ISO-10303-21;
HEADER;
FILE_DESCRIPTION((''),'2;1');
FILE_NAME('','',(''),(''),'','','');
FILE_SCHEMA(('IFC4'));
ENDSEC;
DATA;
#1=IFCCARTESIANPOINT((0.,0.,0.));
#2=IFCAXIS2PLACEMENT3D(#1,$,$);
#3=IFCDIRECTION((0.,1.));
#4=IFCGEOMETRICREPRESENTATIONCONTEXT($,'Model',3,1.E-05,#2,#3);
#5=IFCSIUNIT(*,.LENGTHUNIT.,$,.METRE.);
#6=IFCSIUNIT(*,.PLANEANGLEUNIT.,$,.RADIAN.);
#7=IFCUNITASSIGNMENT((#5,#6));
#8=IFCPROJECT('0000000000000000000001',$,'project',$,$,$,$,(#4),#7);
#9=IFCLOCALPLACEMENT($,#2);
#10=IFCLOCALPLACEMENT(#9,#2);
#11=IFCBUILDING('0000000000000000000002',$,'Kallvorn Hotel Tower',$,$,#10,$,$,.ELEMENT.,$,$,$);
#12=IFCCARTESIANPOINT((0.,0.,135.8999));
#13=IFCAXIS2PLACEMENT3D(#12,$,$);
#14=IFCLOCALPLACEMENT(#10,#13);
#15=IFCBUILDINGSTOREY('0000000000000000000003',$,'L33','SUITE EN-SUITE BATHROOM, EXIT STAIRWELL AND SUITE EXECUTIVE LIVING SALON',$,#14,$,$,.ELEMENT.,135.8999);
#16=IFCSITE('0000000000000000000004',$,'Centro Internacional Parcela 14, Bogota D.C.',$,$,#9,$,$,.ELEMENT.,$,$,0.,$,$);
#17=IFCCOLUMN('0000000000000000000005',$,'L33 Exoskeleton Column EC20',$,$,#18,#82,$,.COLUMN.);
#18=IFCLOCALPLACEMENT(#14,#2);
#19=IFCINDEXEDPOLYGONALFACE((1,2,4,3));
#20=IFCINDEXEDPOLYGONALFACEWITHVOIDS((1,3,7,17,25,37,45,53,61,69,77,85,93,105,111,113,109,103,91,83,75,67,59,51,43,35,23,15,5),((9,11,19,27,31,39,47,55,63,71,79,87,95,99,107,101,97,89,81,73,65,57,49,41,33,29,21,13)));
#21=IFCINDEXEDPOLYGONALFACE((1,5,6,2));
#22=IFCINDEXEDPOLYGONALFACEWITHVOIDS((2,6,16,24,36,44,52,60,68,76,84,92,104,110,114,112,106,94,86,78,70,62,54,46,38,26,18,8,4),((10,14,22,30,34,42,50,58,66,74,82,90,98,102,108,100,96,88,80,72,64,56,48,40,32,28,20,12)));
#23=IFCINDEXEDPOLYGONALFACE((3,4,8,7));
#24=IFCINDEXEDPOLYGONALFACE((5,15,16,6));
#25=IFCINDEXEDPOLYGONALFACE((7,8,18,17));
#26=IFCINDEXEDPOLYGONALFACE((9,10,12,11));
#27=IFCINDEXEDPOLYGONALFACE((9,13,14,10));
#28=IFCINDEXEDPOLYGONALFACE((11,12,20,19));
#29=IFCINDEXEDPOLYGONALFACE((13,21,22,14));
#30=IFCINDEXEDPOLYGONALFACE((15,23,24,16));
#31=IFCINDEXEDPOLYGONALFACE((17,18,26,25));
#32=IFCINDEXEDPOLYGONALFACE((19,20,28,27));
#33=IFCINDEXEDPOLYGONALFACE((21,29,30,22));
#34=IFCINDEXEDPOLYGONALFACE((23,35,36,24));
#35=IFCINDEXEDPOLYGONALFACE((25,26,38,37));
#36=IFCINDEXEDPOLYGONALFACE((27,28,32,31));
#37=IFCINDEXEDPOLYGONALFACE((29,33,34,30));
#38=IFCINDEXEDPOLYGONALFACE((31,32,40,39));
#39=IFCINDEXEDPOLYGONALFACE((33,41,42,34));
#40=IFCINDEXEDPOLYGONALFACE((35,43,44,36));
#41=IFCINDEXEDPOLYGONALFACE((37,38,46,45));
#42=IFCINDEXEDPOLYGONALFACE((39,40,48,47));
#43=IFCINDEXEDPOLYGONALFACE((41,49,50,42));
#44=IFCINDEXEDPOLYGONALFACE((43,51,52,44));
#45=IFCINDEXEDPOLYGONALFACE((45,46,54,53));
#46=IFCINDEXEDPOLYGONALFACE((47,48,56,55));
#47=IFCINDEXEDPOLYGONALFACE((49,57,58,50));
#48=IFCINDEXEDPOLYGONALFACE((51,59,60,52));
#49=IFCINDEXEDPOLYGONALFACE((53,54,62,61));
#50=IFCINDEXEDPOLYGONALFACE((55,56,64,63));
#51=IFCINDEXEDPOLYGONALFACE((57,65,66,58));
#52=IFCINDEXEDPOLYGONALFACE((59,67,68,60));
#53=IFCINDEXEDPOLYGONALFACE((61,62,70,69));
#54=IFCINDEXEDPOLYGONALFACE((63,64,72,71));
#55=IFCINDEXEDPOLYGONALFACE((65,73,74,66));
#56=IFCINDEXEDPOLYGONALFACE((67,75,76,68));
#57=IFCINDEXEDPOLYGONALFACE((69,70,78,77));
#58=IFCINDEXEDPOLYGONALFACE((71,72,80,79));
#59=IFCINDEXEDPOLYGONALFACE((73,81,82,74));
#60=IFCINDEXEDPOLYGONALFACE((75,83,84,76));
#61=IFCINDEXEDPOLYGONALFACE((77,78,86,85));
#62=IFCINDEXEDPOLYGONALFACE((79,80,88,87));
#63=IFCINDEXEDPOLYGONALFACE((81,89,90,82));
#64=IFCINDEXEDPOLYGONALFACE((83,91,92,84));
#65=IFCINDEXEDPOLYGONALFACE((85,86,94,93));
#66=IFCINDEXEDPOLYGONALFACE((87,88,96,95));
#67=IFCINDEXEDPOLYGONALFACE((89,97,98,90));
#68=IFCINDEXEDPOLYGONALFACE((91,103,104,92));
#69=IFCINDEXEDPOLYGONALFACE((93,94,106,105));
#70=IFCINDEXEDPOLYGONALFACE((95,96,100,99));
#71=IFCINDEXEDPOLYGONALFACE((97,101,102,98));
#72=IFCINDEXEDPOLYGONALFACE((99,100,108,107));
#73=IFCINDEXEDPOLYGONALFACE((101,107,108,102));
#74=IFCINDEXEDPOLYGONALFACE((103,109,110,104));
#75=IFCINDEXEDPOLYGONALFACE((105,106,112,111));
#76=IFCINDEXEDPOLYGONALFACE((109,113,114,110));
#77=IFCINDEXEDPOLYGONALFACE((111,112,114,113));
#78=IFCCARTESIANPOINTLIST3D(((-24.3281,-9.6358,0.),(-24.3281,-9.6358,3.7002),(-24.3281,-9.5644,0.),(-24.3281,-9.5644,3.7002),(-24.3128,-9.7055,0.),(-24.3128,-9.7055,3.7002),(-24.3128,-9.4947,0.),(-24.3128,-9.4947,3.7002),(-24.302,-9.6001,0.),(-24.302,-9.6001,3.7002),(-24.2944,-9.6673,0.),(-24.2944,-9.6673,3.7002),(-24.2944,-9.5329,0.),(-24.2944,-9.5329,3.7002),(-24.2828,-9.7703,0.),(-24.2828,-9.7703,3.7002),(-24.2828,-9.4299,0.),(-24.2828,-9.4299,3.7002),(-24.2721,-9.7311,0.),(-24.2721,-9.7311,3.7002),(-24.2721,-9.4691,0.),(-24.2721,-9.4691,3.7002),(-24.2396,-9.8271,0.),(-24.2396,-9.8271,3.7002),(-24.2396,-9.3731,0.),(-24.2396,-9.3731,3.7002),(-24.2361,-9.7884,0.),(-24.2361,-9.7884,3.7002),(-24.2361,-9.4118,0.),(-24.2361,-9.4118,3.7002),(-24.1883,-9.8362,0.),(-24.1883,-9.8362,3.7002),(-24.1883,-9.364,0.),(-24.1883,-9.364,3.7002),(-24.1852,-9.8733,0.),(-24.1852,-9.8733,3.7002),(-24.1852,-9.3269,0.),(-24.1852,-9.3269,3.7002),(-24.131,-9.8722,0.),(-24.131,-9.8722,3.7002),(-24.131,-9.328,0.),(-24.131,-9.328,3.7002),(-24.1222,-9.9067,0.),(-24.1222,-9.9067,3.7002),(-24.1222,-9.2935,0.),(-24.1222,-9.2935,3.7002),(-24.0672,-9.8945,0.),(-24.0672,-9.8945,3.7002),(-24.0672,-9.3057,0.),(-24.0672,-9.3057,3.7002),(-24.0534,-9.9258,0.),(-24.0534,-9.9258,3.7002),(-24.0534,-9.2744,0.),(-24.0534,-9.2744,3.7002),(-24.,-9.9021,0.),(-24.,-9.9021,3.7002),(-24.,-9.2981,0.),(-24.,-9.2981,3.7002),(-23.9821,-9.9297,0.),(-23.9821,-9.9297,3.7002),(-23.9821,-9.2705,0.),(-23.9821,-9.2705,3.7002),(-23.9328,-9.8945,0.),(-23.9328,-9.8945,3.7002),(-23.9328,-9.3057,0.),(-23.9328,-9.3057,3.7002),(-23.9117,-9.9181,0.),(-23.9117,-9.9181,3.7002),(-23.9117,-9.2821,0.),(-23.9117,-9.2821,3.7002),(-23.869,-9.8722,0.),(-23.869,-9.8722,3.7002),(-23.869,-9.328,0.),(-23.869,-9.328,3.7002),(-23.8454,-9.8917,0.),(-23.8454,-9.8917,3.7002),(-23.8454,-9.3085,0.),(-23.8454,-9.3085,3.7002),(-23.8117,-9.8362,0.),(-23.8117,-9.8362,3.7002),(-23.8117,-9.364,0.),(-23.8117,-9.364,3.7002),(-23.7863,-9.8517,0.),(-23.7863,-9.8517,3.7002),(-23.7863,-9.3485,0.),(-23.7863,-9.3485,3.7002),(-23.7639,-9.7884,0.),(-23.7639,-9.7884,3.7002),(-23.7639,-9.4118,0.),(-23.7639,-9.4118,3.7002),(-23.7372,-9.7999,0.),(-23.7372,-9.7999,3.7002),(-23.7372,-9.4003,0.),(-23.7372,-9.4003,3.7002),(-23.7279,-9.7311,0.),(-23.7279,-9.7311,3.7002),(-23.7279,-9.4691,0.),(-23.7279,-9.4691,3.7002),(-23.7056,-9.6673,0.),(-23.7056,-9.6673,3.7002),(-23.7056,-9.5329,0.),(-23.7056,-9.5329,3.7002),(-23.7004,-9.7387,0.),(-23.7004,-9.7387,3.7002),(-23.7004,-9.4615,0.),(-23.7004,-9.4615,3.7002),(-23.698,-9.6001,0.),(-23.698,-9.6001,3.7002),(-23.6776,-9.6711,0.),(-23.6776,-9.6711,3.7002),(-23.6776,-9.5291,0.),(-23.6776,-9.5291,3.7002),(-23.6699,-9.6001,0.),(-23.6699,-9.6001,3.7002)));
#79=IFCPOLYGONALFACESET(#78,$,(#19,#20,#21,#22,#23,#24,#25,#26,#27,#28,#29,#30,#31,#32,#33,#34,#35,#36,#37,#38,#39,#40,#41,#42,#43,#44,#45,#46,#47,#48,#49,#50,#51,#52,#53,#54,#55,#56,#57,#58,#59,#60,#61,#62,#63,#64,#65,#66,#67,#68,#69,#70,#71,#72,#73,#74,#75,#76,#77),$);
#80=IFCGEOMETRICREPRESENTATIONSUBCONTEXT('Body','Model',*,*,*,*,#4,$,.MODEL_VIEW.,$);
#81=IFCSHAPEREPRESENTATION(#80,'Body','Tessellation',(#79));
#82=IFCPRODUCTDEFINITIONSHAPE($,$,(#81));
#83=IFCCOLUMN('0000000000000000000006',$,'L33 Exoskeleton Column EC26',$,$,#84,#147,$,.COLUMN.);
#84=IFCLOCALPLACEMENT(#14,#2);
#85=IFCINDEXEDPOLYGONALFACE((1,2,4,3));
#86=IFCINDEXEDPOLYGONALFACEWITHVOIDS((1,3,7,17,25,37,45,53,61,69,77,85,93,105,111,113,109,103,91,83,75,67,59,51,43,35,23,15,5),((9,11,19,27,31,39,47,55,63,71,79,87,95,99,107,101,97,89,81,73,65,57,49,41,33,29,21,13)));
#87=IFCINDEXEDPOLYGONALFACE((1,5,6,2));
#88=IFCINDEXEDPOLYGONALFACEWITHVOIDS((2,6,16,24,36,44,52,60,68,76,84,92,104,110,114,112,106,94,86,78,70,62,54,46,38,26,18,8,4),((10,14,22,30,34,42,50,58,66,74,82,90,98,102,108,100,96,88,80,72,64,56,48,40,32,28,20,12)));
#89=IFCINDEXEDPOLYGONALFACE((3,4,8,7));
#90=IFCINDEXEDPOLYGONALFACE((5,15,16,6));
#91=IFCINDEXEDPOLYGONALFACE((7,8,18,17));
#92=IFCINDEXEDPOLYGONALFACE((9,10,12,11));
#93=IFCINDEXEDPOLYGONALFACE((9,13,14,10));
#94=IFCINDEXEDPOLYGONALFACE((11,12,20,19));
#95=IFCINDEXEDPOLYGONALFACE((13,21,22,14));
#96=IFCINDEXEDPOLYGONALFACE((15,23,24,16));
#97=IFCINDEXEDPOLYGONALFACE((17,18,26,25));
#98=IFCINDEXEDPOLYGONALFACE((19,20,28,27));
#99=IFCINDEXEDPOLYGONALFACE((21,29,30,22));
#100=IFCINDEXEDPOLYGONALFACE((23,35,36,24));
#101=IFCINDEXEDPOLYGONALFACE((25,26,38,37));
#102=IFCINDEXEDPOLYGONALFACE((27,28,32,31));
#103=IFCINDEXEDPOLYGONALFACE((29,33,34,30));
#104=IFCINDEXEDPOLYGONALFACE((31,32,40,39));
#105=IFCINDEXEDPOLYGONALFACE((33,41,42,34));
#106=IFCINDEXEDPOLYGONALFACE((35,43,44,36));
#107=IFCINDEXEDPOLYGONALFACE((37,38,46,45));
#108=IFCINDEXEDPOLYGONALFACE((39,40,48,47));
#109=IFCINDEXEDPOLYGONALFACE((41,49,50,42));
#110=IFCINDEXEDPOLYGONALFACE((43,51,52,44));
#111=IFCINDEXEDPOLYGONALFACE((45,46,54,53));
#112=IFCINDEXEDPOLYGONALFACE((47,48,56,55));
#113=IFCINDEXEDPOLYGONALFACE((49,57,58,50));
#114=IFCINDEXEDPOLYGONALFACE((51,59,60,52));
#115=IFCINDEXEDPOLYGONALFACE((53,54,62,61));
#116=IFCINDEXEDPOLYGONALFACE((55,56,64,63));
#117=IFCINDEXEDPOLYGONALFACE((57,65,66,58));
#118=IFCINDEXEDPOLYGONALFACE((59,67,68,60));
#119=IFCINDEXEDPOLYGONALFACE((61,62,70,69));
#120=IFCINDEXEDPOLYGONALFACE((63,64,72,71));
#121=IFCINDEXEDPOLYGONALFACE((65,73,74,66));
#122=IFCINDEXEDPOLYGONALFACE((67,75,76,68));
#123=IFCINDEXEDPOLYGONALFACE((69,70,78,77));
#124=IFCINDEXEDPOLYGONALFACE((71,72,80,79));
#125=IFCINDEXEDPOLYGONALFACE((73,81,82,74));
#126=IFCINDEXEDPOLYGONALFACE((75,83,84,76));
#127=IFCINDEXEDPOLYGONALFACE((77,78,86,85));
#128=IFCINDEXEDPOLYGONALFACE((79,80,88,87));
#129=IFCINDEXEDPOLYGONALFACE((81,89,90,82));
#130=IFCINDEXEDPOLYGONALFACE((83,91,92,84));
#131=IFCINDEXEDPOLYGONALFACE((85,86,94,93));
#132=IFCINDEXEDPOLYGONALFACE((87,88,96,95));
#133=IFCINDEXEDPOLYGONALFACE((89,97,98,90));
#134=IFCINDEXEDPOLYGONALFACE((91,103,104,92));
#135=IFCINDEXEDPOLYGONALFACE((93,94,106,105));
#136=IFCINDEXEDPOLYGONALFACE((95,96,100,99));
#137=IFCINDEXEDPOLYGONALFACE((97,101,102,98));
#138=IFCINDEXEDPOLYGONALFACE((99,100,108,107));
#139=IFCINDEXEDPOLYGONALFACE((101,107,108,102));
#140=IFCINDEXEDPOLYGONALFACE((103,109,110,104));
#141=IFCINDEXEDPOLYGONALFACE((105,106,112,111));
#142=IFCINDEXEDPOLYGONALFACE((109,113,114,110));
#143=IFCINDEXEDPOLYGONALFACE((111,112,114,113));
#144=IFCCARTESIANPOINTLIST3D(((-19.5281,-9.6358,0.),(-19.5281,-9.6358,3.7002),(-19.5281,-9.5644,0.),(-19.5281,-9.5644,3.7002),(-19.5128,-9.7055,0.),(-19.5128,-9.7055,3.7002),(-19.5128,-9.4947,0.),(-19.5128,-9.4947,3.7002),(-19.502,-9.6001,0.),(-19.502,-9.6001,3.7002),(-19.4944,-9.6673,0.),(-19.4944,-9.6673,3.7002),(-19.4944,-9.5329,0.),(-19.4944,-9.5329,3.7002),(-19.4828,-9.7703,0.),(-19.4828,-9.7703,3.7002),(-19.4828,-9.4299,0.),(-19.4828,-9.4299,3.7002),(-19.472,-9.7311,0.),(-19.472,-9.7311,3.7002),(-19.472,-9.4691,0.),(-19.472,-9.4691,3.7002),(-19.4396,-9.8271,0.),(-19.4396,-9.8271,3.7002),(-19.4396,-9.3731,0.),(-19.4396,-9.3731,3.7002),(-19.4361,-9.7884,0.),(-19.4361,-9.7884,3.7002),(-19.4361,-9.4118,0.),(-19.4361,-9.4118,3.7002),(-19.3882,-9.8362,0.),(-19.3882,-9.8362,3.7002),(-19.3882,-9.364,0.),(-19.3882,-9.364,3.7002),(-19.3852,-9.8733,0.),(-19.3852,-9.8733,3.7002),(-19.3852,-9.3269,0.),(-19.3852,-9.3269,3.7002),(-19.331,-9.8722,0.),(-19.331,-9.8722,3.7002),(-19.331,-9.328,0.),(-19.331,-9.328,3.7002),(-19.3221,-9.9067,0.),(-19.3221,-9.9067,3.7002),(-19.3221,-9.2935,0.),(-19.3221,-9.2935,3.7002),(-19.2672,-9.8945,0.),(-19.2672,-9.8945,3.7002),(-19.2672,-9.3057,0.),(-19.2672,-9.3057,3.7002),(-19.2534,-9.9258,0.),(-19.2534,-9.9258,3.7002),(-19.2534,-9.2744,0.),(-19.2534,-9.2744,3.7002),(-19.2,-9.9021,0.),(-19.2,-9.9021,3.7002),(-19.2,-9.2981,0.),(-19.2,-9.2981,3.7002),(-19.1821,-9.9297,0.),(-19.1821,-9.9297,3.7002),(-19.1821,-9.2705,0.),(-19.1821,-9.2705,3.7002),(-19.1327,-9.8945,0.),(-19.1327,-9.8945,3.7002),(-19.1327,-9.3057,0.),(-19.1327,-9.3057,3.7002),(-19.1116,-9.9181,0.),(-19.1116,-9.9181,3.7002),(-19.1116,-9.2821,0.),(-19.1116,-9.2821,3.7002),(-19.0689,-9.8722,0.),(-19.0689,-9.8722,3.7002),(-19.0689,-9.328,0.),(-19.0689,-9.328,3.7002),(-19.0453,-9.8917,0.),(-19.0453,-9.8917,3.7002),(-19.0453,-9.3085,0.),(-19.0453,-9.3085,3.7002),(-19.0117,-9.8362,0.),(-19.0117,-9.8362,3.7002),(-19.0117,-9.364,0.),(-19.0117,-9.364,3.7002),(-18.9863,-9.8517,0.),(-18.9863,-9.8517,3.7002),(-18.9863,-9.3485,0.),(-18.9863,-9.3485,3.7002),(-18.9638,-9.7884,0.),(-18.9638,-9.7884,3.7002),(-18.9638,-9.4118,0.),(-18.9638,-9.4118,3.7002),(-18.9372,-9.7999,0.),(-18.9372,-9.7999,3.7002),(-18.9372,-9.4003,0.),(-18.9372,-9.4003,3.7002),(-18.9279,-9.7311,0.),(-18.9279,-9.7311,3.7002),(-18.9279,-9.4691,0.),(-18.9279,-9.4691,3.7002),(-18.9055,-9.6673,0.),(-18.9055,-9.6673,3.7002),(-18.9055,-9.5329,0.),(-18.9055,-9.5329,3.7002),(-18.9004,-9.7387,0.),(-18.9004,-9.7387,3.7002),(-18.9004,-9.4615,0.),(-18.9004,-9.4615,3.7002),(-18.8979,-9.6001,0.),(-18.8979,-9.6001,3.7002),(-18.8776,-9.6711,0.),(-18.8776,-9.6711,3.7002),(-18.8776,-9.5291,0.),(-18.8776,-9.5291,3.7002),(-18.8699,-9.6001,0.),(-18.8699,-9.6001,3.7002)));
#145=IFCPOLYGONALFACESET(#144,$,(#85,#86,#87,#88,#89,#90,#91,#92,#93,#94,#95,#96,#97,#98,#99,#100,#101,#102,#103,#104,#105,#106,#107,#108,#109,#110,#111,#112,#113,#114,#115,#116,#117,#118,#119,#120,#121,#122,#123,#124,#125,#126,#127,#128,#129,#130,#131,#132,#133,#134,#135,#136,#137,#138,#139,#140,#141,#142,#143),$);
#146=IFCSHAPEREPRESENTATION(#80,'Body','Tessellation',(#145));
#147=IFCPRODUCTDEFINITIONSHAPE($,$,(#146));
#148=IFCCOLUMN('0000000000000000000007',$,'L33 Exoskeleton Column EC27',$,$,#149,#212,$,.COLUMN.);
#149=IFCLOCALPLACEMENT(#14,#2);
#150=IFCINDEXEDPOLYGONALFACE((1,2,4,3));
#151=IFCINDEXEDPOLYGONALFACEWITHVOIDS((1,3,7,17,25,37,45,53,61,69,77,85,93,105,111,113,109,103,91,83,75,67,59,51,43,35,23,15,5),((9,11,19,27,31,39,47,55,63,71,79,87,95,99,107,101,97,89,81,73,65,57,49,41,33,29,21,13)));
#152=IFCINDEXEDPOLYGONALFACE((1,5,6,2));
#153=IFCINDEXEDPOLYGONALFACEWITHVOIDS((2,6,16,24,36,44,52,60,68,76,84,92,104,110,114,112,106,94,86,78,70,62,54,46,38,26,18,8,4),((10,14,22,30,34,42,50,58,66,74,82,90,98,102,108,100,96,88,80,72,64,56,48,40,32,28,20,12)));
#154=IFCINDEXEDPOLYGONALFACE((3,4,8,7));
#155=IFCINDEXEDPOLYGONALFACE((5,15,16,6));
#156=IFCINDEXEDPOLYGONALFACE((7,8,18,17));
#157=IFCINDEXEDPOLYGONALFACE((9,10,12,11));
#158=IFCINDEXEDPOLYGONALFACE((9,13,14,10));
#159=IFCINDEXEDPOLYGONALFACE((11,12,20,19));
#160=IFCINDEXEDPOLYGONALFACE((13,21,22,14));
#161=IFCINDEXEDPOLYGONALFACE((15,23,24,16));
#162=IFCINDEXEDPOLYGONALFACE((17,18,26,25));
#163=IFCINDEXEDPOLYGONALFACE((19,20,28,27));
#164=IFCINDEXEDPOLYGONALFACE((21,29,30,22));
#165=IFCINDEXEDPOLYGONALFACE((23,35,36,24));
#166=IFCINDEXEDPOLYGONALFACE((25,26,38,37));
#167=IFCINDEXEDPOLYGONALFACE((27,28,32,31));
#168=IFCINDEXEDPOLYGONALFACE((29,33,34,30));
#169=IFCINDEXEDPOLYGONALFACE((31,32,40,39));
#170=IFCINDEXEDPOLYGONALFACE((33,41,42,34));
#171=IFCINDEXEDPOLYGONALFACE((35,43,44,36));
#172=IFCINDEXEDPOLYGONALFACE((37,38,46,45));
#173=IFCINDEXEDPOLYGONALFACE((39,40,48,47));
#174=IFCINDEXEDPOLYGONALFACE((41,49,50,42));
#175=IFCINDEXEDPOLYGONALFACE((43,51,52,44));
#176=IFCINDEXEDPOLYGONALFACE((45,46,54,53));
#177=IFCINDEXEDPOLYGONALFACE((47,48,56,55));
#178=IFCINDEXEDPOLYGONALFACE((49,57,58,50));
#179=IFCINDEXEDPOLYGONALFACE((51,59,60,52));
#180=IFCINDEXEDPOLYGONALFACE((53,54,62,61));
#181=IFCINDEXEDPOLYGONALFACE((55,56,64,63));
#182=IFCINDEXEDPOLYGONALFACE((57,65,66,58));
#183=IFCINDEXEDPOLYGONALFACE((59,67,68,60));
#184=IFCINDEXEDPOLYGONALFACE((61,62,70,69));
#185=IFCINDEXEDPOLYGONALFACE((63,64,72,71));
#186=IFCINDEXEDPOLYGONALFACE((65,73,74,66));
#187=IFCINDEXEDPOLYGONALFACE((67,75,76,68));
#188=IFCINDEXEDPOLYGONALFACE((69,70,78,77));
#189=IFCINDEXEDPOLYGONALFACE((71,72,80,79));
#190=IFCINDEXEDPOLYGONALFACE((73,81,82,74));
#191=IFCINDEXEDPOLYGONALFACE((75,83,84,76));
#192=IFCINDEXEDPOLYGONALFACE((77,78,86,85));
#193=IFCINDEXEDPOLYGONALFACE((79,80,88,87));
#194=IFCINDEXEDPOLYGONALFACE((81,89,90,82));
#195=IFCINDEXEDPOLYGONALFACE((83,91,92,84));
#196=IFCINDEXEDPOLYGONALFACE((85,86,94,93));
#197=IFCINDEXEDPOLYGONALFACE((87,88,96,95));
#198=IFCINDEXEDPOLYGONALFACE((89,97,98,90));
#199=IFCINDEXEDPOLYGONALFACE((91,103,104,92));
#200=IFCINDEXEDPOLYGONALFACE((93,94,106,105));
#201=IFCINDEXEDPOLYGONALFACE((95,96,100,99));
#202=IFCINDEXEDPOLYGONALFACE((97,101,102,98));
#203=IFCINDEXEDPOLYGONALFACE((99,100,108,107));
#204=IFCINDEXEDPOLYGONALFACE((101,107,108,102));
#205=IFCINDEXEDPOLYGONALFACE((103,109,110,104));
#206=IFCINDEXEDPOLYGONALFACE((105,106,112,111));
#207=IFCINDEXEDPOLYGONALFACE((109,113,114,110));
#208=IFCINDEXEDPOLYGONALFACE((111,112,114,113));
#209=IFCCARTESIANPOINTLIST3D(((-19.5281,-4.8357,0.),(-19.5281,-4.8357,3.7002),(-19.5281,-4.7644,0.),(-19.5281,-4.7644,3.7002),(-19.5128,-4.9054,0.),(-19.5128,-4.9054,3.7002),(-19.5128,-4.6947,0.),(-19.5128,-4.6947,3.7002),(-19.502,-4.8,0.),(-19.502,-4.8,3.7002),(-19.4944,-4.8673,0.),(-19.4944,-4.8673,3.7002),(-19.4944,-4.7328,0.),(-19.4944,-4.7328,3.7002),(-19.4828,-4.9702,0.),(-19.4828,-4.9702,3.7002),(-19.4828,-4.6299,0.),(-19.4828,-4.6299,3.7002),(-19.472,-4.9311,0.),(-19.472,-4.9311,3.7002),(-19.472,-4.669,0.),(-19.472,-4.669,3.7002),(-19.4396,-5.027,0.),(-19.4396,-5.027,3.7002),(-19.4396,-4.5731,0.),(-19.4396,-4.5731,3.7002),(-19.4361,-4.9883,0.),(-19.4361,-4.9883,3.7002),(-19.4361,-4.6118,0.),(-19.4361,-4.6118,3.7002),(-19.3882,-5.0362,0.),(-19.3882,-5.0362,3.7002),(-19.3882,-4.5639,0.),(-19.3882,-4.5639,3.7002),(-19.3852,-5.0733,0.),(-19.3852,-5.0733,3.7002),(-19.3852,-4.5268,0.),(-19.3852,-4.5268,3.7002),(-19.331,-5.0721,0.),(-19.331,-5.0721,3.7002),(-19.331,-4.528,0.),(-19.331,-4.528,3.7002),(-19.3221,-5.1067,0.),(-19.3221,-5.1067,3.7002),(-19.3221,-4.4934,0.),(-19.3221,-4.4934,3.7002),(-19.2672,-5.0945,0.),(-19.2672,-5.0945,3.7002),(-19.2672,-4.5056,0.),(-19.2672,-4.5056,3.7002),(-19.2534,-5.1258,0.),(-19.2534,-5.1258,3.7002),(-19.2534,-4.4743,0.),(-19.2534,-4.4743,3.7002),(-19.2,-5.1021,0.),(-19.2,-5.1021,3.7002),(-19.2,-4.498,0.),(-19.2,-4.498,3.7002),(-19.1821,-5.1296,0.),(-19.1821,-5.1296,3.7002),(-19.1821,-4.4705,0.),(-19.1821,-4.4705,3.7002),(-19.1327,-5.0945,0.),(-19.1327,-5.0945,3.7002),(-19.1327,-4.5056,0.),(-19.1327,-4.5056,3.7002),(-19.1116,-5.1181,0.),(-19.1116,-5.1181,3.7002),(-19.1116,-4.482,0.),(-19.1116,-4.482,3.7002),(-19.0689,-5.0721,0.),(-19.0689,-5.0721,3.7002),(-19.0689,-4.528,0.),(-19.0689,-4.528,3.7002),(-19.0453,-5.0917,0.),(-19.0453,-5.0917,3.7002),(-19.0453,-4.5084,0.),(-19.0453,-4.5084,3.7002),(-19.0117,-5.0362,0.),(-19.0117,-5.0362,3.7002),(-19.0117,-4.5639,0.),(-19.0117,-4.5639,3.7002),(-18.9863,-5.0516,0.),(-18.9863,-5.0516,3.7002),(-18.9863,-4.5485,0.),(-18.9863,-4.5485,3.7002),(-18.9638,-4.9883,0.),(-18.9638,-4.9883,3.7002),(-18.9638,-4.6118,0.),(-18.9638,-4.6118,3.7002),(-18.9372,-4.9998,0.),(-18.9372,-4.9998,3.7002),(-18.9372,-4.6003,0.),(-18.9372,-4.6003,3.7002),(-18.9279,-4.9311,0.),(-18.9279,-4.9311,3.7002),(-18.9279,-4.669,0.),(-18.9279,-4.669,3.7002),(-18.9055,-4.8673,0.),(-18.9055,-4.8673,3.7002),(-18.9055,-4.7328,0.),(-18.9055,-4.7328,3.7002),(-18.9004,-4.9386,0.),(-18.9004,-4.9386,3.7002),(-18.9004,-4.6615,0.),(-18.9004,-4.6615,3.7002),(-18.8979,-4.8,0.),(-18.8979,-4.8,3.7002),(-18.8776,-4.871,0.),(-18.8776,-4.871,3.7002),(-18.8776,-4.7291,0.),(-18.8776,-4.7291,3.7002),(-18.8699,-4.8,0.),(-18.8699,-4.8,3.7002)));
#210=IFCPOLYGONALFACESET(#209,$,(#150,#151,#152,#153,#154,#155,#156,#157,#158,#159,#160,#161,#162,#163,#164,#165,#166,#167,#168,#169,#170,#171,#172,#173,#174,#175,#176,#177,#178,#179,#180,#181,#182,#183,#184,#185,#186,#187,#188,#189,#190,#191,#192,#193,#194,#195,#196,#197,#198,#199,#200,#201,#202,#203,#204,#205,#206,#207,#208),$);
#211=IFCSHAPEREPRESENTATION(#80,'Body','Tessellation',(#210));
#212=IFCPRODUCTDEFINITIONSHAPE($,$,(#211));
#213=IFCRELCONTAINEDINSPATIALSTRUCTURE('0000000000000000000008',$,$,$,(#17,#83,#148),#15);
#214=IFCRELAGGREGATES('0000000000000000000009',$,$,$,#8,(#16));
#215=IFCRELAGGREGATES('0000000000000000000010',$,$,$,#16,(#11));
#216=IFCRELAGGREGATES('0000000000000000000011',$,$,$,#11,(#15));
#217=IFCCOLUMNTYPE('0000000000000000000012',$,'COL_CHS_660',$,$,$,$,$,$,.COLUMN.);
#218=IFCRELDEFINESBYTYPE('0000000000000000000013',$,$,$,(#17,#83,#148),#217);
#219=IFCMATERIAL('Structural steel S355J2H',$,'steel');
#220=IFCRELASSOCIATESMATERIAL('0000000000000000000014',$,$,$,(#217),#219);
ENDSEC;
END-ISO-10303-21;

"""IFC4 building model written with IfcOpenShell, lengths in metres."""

from ifc_helpers import new_model, si_unit, direction, frame, origin, origin_2d, place, context, subcontext, project, spatial, hollow_circle, extrude, material, material_profile, profile_set, type_object, element, save


model = new_model("IFC4")

# Units and contexts
model_context = context("Model", 3, precision=1e-05, world=origin(), true_north=direction((0.0, 1.0)))
body_context = subcontext(model_context, "Body", "Model", "MODEL_VIEW")
ifc_project = project(units=[si_unit("LENGTHUNIT", "METRE"), si_unit("PLANEANGLEUNIT", "RADIAN")], contexts=[model_context])

# Site, building, storey
site_placement = place(None, origin())
site = spatial("IfcSite", under=ifc_project, at=site_placement, Name="Centro Internacional Parcela 14, Bogota D.C.", CompositionType="ELEMENT", RefElevation=0.0)
building_placement = place(site_placement, origin())
building = spatial("IfcBuilding", under=site, at=building_placement, Name="Kallvorn Hotel Tower", CompositionType="ELEMENT")
storey_placement = place(building_placement, frame((0.0, 0.0, 135.8999)))
storey = spatial("IfcBuildingStorey", under=building, at=storey_placement, Name="L33", Description="SUITE EN-SUITE BATHROOM, EXIT STAIRWELL AND SUITE EXECUTIVE LIVING SALON", CompositionType="ELEMENT", Elevation=135.8999)

# Columns
ifc_material_1 = material(Name="Structural steel S355J2H", Category="steel")
ifc_material_profile_1 = material_profile(ifc_material_1, hollow_circle(Radius=0.3301, WallThickness=0.0281, at=origin_2d()), Name="CHS 660x28")
ifc_profile_set_1 = profile_set([ifc_material_profile_1], Name="Structural steel S355J2H")
column_type_1 = type_object("IfcColumnType", Name="COL_CHS_660", PredefinedType="COLUMN", material=ifc_profile_set_1)
for number, where, z_axis, x_axis, name in (
    (1, (-24.0, -9.6001, 0.0), (0.0, 0.0, 1.0), (1.0, 0.0, 0.0), "L33 Exoskeleton Column EC20"),
    (2, (-19.2, -9.6001, 0.0), (0.0, 0.0, 1.0), (1.0, 0.0, 0.0), "L33 Exoskeleton Column EC26"),
    (3, (-19.2, -4.8, 0.0), (0.0, 0.0, 1.0), (1.0, 0.0, 0.0), "L33 Exoskeleton Column EC27"),
):
    element("IfcColumn", number, at=place(storey_placement, frame(where, z_axis=z_axis, x_axis=x_axis)), inside=storey, type_object=column_type_1, Name=name, PredefinedType="COLUMN", context=body_context, shape_type="SweptSolid", body=[
        extrude(hollow_circle(Radius=0.3301, WallThickness=0.0281, at=origin_2d()), origin(), (0.0, 0.0, 1.0), 3.7002),
    ])

save(model, "model.ifc")
